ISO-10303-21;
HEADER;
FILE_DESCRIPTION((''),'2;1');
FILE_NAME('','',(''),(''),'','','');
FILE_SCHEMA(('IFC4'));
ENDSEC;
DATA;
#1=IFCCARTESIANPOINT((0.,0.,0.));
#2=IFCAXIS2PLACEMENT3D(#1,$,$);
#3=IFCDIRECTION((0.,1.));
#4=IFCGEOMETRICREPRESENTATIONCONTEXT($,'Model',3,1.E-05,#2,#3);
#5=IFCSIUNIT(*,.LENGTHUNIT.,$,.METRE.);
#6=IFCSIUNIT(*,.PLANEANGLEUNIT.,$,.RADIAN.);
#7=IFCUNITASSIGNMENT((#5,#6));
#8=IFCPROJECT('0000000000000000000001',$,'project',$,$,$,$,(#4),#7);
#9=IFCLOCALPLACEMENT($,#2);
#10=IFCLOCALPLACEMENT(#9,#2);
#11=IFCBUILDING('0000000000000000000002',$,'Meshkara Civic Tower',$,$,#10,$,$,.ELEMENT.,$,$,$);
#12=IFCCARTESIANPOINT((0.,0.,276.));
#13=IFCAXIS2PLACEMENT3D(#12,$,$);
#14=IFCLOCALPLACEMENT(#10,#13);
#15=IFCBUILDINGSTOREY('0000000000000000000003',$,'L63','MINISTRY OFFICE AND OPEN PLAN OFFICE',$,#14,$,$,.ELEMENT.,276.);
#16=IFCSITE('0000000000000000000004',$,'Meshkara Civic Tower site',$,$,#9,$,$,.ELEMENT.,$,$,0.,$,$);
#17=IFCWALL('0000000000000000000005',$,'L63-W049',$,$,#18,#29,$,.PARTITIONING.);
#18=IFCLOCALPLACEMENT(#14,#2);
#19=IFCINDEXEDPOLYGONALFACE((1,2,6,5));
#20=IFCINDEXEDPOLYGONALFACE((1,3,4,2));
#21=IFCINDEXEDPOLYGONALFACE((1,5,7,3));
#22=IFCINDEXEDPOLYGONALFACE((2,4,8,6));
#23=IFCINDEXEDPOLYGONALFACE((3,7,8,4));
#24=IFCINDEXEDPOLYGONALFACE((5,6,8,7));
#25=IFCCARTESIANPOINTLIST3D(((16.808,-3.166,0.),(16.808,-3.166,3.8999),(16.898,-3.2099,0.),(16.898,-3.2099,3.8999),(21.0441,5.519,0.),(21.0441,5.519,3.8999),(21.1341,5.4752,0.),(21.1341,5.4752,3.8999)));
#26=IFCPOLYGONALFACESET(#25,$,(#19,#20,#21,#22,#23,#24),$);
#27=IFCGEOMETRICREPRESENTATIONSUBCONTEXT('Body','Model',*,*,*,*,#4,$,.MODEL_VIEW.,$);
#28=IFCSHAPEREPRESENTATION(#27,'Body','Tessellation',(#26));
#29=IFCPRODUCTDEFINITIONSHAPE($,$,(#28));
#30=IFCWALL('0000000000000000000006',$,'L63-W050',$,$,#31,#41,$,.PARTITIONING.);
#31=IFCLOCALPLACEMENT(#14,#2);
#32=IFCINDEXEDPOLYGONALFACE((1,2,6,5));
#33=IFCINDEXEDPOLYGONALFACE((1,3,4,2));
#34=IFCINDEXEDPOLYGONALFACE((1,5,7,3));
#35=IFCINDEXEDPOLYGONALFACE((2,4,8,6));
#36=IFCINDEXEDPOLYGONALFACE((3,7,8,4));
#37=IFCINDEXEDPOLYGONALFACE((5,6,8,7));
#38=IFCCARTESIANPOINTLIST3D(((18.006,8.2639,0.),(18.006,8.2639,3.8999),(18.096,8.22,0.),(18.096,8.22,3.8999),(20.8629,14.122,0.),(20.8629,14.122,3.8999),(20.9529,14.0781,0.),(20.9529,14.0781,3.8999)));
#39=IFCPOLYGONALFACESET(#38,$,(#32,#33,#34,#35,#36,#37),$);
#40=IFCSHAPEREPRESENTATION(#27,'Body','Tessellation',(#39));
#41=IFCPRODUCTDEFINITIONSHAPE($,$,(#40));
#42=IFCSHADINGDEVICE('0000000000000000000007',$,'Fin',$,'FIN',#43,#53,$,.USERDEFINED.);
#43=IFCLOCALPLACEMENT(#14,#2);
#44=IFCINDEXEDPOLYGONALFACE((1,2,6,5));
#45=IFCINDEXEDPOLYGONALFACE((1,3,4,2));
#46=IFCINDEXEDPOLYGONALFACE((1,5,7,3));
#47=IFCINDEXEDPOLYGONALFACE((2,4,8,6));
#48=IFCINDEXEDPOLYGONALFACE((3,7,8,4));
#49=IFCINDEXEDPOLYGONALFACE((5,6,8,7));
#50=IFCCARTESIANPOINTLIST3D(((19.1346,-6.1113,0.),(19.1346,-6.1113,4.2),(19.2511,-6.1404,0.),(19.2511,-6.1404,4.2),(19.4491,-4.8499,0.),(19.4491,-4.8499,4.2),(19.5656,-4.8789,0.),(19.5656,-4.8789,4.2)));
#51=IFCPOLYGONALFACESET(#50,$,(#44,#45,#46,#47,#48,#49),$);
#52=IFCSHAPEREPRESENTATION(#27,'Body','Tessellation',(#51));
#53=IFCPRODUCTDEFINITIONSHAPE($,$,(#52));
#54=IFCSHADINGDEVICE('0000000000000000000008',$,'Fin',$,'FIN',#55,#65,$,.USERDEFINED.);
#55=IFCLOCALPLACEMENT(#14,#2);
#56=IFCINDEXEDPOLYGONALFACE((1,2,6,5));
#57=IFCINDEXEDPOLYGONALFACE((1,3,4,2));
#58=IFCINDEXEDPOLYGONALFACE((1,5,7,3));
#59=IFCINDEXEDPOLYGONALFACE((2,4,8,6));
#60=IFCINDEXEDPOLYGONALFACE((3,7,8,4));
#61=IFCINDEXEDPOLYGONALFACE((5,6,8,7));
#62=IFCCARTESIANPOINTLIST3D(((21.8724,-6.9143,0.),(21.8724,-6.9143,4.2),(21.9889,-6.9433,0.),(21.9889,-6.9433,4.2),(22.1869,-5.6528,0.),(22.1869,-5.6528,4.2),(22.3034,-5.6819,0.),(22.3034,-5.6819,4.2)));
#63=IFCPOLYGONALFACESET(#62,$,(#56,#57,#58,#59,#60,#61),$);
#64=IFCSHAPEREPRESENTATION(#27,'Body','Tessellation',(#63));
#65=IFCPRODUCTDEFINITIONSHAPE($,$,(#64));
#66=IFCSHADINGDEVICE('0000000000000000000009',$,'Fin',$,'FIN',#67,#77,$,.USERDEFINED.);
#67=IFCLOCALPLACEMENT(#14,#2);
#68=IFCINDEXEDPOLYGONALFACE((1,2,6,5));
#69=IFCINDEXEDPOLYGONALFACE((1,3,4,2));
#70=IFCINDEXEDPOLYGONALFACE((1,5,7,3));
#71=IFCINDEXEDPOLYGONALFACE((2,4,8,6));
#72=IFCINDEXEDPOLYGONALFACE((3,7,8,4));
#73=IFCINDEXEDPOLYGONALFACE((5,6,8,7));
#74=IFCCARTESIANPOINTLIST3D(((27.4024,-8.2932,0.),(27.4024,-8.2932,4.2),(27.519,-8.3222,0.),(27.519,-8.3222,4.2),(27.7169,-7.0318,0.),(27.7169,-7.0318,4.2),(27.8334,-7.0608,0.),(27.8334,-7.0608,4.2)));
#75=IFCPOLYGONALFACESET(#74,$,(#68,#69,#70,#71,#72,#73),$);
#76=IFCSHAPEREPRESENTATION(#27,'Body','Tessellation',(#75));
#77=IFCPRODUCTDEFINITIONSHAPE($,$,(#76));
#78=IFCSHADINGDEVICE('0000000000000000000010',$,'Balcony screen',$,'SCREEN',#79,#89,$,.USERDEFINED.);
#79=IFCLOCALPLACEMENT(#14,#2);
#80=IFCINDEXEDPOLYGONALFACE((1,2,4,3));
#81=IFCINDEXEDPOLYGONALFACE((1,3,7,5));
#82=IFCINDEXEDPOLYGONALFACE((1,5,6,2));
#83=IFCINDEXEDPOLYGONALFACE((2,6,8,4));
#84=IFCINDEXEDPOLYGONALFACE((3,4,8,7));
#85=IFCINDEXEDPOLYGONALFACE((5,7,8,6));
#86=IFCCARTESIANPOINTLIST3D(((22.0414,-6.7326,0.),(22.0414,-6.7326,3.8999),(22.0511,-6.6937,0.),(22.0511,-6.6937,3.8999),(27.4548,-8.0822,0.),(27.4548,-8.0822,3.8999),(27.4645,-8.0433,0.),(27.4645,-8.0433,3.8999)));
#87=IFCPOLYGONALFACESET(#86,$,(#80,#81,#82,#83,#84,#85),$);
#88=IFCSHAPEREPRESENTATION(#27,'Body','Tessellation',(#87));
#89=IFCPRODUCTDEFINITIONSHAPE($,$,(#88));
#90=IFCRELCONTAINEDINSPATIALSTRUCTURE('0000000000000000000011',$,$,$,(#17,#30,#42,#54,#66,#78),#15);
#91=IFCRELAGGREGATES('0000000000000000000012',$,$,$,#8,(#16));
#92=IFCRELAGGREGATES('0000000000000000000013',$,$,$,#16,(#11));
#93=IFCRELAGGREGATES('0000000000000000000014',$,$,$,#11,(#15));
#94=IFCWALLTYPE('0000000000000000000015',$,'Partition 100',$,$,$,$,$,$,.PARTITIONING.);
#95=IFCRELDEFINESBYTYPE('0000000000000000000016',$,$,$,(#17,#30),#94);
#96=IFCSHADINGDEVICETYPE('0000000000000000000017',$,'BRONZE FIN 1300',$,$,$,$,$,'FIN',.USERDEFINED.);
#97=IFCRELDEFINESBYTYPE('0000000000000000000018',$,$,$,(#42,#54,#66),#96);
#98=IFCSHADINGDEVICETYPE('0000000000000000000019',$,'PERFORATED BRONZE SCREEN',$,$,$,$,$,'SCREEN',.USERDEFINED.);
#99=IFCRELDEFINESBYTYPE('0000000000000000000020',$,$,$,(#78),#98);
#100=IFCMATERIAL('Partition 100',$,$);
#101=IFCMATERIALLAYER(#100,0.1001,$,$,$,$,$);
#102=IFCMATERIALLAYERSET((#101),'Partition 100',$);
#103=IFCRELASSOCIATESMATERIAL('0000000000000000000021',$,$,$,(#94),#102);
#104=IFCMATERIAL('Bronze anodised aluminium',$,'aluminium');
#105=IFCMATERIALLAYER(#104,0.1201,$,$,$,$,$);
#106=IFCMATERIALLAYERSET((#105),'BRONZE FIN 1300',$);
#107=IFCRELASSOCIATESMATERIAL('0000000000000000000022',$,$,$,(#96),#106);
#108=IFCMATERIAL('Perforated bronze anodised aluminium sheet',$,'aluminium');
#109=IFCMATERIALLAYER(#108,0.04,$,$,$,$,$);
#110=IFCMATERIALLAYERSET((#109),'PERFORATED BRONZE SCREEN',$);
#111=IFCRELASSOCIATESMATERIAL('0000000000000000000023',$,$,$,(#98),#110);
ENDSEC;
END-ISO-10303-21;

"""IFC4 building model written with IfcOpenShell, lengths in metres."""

from ifc_helpers import new_model, si_unit, direction, frame, frame_2d, origin, origin_2d, place, context, subcontext, project, spatial, rectangle, extrude, material, layer, layer_set, type_object, element, save


model = new_model("IFC4")

# Units and contexts
model_context = context("Model", 3, precision=1e-05, world=origin(), true_north=direction((0.0, 1.0)))
body_context = subcontext(model_context, "Body", "Model", "MODEL_VIEW")
ifc_project = project(units=[si_unit("LENGTHUNIT", "METRE"), si_unit("PLANEANGLEUNIT", "RADIAN")], contexts=[model_context])

# Site, building, storey
site_placement = place(None, origin())
site = spatial("IfcSite", under=ifc_project, at=site_placement, Name="Meshkara Civic Tower site", CompositionType="ELEMENT", RefElevation=0.0)
building_placement = place(site_placement, origin())
building = spatial("IfcBuilding", under=site, at=building_placement, Name="Meshkara Civic Tower", CompositionType="ELEMENT")
storey_placement = place(building_placement, frame((0.0, 0.0, 276.0)))
storey = spatial("IfcBuildingStorey", under=building, at=storey_placement, Name="L63", Description="MINISTRY OFFICE AND OPEN PLAN OFFICE", CompositionType="ELEMENT", Elevation=276.0)

# Walls
ifc_material_1 = material(Name="Partition 100")
ifc_layer_1 = layer(ifc_material_1, 0.1001)
ifc_layer_set_1 = layer_set([ifc_layer_1], Name="Partition 100")
wall_type_1 = type_object("IfcWallType", Name="Partition 100", PredefinedType="PARTITIONING", material=ifc_layer_set_1)
wall_1_placement = place(storey_placement, frame((16.853, -3.188, 0.0), z_axis=(0.0, 0.0, 1.0), x_axis=(0.438379, 0.89879, 0.0)))
element("IfcWall", 1, at=wall_1_placement, inside=storey, type_object=wall_type_1, Name="L63-W049", PredefinedType="PARTITIONING", context=body_context, shape_type="SweptSolid", body=[
    extrude(rectangle(XDim=9.6631, YDim=0.1001, at=frame_2d((4.8315, 0.0))), origin(), (0.0, 0.0, 1.0), 3.8999),
])
wall_2_placement = place(storey_placement, frame((18.051, 8.2419, 0.0), z_axis=(0.0, 0.0, 1.0), x_axis=(0.438337, 0.898811, 0.0)))
element("IfcWall", 2, at=wall_2_placement, inside=storey, type_object=wall_type_1, Name="L63-W050", PredefinedType="PARTITIONING", context=body_context, shape_type="SweptSolid", body=[
    extrude(rectangle(XDim=6.5176, YDim=0.1001, at=frame_2d((3.2588, 0.0))), origin(), (0.0, 0.0, 1.0), 3.8999),
])

# Shading devices
ifc_material_2 = material(Name="Bronze anodised aluminium", Category="aluminium")
ifc_layer_2 = layer(ifc_material_2, 0.1201)
ifc_layer_set_2 = layer_set([ifc_layer_2], Name="BRONZE FIN 1300")
shading_device_type_1 = type_object("IfcShadingDeviceType", Name="BRONZE FIN 1300", ElementType="FIN", PredefinedType="USERDEFINED", material=ifc_layer_set_2)
for number, where, z_axis, x_axis, name in (
    (3, (19.3501, -5.4951, 0.0), (0.0, 0.0, 1.0), (0.9703, -0.241905, 0.0), "Fin"),
    (4, (22.0879, -6.2981, 0.0), (0.0, 0.0, 1.0), (0.9703, -0.241905, 0.0), "Fin"),
    (5, (27.6179, -7.677, 0.0), (0.0, 0.0, 1.0), (0.9703, -0.241905, 0.0), "Fin"),
):
    element("IfcShadingDevice", number, at=place(storey_placement, frame(where, z_axis=z_axis, x_axis=x_axis)), inside=storey, type_object=shading_device_type_1, Name=name, ObjectType="FIN", PredefinedType="USERDEFINED", context=body_context, shape_type="SweptSolid", body=[
        extrude(rectangle(XDim=0.1201, YDim=1.3, at=origin_2d()), origin(), (0.0, 0.0, 1.0), 4.2),
    ])
ifc_material_3 = material(Name="Perforated bronze anodised aluminium sheet", Category="aluminium")
ifc_layer_3 = layer(ifc_material_3, 0.04)
ifc_layer_set_3 = layer_set([ifc_layer_3], Name="PERFORATED BRONZE SCREEN")
shading_device_type_2 = type_object("IfcShadingDeviceType", Name="PERFORATED BRONZE SCREEN", ElementType="SCREEN", PredefinedType="USERDEFINED", material=ifc_layer_set_3)
shading_device_placement = place(storey_placement, frame((24.7529, -7.3879, 0.0), z_axis=(0.0, 0.0, 1.0), x_axis=(0.9703, -0.241905, 0.0)))
element("IfcShadingDevice", 6, at=shading_device_placement, inside=storey, type_object=shading_device_type_2, Name="Balcony screen", ObjectType="SCREEN", PredefinedType="USERDEFINED", context=body_context, shape_type="SweptSolid", body=[
    extrude(rectangle(XDim=5.5791, YDim=0.04, at=origin_2d()), origin(), (0.0, 0.0, 1.0), 3.8999),
])

save(model, "model.ifc")
